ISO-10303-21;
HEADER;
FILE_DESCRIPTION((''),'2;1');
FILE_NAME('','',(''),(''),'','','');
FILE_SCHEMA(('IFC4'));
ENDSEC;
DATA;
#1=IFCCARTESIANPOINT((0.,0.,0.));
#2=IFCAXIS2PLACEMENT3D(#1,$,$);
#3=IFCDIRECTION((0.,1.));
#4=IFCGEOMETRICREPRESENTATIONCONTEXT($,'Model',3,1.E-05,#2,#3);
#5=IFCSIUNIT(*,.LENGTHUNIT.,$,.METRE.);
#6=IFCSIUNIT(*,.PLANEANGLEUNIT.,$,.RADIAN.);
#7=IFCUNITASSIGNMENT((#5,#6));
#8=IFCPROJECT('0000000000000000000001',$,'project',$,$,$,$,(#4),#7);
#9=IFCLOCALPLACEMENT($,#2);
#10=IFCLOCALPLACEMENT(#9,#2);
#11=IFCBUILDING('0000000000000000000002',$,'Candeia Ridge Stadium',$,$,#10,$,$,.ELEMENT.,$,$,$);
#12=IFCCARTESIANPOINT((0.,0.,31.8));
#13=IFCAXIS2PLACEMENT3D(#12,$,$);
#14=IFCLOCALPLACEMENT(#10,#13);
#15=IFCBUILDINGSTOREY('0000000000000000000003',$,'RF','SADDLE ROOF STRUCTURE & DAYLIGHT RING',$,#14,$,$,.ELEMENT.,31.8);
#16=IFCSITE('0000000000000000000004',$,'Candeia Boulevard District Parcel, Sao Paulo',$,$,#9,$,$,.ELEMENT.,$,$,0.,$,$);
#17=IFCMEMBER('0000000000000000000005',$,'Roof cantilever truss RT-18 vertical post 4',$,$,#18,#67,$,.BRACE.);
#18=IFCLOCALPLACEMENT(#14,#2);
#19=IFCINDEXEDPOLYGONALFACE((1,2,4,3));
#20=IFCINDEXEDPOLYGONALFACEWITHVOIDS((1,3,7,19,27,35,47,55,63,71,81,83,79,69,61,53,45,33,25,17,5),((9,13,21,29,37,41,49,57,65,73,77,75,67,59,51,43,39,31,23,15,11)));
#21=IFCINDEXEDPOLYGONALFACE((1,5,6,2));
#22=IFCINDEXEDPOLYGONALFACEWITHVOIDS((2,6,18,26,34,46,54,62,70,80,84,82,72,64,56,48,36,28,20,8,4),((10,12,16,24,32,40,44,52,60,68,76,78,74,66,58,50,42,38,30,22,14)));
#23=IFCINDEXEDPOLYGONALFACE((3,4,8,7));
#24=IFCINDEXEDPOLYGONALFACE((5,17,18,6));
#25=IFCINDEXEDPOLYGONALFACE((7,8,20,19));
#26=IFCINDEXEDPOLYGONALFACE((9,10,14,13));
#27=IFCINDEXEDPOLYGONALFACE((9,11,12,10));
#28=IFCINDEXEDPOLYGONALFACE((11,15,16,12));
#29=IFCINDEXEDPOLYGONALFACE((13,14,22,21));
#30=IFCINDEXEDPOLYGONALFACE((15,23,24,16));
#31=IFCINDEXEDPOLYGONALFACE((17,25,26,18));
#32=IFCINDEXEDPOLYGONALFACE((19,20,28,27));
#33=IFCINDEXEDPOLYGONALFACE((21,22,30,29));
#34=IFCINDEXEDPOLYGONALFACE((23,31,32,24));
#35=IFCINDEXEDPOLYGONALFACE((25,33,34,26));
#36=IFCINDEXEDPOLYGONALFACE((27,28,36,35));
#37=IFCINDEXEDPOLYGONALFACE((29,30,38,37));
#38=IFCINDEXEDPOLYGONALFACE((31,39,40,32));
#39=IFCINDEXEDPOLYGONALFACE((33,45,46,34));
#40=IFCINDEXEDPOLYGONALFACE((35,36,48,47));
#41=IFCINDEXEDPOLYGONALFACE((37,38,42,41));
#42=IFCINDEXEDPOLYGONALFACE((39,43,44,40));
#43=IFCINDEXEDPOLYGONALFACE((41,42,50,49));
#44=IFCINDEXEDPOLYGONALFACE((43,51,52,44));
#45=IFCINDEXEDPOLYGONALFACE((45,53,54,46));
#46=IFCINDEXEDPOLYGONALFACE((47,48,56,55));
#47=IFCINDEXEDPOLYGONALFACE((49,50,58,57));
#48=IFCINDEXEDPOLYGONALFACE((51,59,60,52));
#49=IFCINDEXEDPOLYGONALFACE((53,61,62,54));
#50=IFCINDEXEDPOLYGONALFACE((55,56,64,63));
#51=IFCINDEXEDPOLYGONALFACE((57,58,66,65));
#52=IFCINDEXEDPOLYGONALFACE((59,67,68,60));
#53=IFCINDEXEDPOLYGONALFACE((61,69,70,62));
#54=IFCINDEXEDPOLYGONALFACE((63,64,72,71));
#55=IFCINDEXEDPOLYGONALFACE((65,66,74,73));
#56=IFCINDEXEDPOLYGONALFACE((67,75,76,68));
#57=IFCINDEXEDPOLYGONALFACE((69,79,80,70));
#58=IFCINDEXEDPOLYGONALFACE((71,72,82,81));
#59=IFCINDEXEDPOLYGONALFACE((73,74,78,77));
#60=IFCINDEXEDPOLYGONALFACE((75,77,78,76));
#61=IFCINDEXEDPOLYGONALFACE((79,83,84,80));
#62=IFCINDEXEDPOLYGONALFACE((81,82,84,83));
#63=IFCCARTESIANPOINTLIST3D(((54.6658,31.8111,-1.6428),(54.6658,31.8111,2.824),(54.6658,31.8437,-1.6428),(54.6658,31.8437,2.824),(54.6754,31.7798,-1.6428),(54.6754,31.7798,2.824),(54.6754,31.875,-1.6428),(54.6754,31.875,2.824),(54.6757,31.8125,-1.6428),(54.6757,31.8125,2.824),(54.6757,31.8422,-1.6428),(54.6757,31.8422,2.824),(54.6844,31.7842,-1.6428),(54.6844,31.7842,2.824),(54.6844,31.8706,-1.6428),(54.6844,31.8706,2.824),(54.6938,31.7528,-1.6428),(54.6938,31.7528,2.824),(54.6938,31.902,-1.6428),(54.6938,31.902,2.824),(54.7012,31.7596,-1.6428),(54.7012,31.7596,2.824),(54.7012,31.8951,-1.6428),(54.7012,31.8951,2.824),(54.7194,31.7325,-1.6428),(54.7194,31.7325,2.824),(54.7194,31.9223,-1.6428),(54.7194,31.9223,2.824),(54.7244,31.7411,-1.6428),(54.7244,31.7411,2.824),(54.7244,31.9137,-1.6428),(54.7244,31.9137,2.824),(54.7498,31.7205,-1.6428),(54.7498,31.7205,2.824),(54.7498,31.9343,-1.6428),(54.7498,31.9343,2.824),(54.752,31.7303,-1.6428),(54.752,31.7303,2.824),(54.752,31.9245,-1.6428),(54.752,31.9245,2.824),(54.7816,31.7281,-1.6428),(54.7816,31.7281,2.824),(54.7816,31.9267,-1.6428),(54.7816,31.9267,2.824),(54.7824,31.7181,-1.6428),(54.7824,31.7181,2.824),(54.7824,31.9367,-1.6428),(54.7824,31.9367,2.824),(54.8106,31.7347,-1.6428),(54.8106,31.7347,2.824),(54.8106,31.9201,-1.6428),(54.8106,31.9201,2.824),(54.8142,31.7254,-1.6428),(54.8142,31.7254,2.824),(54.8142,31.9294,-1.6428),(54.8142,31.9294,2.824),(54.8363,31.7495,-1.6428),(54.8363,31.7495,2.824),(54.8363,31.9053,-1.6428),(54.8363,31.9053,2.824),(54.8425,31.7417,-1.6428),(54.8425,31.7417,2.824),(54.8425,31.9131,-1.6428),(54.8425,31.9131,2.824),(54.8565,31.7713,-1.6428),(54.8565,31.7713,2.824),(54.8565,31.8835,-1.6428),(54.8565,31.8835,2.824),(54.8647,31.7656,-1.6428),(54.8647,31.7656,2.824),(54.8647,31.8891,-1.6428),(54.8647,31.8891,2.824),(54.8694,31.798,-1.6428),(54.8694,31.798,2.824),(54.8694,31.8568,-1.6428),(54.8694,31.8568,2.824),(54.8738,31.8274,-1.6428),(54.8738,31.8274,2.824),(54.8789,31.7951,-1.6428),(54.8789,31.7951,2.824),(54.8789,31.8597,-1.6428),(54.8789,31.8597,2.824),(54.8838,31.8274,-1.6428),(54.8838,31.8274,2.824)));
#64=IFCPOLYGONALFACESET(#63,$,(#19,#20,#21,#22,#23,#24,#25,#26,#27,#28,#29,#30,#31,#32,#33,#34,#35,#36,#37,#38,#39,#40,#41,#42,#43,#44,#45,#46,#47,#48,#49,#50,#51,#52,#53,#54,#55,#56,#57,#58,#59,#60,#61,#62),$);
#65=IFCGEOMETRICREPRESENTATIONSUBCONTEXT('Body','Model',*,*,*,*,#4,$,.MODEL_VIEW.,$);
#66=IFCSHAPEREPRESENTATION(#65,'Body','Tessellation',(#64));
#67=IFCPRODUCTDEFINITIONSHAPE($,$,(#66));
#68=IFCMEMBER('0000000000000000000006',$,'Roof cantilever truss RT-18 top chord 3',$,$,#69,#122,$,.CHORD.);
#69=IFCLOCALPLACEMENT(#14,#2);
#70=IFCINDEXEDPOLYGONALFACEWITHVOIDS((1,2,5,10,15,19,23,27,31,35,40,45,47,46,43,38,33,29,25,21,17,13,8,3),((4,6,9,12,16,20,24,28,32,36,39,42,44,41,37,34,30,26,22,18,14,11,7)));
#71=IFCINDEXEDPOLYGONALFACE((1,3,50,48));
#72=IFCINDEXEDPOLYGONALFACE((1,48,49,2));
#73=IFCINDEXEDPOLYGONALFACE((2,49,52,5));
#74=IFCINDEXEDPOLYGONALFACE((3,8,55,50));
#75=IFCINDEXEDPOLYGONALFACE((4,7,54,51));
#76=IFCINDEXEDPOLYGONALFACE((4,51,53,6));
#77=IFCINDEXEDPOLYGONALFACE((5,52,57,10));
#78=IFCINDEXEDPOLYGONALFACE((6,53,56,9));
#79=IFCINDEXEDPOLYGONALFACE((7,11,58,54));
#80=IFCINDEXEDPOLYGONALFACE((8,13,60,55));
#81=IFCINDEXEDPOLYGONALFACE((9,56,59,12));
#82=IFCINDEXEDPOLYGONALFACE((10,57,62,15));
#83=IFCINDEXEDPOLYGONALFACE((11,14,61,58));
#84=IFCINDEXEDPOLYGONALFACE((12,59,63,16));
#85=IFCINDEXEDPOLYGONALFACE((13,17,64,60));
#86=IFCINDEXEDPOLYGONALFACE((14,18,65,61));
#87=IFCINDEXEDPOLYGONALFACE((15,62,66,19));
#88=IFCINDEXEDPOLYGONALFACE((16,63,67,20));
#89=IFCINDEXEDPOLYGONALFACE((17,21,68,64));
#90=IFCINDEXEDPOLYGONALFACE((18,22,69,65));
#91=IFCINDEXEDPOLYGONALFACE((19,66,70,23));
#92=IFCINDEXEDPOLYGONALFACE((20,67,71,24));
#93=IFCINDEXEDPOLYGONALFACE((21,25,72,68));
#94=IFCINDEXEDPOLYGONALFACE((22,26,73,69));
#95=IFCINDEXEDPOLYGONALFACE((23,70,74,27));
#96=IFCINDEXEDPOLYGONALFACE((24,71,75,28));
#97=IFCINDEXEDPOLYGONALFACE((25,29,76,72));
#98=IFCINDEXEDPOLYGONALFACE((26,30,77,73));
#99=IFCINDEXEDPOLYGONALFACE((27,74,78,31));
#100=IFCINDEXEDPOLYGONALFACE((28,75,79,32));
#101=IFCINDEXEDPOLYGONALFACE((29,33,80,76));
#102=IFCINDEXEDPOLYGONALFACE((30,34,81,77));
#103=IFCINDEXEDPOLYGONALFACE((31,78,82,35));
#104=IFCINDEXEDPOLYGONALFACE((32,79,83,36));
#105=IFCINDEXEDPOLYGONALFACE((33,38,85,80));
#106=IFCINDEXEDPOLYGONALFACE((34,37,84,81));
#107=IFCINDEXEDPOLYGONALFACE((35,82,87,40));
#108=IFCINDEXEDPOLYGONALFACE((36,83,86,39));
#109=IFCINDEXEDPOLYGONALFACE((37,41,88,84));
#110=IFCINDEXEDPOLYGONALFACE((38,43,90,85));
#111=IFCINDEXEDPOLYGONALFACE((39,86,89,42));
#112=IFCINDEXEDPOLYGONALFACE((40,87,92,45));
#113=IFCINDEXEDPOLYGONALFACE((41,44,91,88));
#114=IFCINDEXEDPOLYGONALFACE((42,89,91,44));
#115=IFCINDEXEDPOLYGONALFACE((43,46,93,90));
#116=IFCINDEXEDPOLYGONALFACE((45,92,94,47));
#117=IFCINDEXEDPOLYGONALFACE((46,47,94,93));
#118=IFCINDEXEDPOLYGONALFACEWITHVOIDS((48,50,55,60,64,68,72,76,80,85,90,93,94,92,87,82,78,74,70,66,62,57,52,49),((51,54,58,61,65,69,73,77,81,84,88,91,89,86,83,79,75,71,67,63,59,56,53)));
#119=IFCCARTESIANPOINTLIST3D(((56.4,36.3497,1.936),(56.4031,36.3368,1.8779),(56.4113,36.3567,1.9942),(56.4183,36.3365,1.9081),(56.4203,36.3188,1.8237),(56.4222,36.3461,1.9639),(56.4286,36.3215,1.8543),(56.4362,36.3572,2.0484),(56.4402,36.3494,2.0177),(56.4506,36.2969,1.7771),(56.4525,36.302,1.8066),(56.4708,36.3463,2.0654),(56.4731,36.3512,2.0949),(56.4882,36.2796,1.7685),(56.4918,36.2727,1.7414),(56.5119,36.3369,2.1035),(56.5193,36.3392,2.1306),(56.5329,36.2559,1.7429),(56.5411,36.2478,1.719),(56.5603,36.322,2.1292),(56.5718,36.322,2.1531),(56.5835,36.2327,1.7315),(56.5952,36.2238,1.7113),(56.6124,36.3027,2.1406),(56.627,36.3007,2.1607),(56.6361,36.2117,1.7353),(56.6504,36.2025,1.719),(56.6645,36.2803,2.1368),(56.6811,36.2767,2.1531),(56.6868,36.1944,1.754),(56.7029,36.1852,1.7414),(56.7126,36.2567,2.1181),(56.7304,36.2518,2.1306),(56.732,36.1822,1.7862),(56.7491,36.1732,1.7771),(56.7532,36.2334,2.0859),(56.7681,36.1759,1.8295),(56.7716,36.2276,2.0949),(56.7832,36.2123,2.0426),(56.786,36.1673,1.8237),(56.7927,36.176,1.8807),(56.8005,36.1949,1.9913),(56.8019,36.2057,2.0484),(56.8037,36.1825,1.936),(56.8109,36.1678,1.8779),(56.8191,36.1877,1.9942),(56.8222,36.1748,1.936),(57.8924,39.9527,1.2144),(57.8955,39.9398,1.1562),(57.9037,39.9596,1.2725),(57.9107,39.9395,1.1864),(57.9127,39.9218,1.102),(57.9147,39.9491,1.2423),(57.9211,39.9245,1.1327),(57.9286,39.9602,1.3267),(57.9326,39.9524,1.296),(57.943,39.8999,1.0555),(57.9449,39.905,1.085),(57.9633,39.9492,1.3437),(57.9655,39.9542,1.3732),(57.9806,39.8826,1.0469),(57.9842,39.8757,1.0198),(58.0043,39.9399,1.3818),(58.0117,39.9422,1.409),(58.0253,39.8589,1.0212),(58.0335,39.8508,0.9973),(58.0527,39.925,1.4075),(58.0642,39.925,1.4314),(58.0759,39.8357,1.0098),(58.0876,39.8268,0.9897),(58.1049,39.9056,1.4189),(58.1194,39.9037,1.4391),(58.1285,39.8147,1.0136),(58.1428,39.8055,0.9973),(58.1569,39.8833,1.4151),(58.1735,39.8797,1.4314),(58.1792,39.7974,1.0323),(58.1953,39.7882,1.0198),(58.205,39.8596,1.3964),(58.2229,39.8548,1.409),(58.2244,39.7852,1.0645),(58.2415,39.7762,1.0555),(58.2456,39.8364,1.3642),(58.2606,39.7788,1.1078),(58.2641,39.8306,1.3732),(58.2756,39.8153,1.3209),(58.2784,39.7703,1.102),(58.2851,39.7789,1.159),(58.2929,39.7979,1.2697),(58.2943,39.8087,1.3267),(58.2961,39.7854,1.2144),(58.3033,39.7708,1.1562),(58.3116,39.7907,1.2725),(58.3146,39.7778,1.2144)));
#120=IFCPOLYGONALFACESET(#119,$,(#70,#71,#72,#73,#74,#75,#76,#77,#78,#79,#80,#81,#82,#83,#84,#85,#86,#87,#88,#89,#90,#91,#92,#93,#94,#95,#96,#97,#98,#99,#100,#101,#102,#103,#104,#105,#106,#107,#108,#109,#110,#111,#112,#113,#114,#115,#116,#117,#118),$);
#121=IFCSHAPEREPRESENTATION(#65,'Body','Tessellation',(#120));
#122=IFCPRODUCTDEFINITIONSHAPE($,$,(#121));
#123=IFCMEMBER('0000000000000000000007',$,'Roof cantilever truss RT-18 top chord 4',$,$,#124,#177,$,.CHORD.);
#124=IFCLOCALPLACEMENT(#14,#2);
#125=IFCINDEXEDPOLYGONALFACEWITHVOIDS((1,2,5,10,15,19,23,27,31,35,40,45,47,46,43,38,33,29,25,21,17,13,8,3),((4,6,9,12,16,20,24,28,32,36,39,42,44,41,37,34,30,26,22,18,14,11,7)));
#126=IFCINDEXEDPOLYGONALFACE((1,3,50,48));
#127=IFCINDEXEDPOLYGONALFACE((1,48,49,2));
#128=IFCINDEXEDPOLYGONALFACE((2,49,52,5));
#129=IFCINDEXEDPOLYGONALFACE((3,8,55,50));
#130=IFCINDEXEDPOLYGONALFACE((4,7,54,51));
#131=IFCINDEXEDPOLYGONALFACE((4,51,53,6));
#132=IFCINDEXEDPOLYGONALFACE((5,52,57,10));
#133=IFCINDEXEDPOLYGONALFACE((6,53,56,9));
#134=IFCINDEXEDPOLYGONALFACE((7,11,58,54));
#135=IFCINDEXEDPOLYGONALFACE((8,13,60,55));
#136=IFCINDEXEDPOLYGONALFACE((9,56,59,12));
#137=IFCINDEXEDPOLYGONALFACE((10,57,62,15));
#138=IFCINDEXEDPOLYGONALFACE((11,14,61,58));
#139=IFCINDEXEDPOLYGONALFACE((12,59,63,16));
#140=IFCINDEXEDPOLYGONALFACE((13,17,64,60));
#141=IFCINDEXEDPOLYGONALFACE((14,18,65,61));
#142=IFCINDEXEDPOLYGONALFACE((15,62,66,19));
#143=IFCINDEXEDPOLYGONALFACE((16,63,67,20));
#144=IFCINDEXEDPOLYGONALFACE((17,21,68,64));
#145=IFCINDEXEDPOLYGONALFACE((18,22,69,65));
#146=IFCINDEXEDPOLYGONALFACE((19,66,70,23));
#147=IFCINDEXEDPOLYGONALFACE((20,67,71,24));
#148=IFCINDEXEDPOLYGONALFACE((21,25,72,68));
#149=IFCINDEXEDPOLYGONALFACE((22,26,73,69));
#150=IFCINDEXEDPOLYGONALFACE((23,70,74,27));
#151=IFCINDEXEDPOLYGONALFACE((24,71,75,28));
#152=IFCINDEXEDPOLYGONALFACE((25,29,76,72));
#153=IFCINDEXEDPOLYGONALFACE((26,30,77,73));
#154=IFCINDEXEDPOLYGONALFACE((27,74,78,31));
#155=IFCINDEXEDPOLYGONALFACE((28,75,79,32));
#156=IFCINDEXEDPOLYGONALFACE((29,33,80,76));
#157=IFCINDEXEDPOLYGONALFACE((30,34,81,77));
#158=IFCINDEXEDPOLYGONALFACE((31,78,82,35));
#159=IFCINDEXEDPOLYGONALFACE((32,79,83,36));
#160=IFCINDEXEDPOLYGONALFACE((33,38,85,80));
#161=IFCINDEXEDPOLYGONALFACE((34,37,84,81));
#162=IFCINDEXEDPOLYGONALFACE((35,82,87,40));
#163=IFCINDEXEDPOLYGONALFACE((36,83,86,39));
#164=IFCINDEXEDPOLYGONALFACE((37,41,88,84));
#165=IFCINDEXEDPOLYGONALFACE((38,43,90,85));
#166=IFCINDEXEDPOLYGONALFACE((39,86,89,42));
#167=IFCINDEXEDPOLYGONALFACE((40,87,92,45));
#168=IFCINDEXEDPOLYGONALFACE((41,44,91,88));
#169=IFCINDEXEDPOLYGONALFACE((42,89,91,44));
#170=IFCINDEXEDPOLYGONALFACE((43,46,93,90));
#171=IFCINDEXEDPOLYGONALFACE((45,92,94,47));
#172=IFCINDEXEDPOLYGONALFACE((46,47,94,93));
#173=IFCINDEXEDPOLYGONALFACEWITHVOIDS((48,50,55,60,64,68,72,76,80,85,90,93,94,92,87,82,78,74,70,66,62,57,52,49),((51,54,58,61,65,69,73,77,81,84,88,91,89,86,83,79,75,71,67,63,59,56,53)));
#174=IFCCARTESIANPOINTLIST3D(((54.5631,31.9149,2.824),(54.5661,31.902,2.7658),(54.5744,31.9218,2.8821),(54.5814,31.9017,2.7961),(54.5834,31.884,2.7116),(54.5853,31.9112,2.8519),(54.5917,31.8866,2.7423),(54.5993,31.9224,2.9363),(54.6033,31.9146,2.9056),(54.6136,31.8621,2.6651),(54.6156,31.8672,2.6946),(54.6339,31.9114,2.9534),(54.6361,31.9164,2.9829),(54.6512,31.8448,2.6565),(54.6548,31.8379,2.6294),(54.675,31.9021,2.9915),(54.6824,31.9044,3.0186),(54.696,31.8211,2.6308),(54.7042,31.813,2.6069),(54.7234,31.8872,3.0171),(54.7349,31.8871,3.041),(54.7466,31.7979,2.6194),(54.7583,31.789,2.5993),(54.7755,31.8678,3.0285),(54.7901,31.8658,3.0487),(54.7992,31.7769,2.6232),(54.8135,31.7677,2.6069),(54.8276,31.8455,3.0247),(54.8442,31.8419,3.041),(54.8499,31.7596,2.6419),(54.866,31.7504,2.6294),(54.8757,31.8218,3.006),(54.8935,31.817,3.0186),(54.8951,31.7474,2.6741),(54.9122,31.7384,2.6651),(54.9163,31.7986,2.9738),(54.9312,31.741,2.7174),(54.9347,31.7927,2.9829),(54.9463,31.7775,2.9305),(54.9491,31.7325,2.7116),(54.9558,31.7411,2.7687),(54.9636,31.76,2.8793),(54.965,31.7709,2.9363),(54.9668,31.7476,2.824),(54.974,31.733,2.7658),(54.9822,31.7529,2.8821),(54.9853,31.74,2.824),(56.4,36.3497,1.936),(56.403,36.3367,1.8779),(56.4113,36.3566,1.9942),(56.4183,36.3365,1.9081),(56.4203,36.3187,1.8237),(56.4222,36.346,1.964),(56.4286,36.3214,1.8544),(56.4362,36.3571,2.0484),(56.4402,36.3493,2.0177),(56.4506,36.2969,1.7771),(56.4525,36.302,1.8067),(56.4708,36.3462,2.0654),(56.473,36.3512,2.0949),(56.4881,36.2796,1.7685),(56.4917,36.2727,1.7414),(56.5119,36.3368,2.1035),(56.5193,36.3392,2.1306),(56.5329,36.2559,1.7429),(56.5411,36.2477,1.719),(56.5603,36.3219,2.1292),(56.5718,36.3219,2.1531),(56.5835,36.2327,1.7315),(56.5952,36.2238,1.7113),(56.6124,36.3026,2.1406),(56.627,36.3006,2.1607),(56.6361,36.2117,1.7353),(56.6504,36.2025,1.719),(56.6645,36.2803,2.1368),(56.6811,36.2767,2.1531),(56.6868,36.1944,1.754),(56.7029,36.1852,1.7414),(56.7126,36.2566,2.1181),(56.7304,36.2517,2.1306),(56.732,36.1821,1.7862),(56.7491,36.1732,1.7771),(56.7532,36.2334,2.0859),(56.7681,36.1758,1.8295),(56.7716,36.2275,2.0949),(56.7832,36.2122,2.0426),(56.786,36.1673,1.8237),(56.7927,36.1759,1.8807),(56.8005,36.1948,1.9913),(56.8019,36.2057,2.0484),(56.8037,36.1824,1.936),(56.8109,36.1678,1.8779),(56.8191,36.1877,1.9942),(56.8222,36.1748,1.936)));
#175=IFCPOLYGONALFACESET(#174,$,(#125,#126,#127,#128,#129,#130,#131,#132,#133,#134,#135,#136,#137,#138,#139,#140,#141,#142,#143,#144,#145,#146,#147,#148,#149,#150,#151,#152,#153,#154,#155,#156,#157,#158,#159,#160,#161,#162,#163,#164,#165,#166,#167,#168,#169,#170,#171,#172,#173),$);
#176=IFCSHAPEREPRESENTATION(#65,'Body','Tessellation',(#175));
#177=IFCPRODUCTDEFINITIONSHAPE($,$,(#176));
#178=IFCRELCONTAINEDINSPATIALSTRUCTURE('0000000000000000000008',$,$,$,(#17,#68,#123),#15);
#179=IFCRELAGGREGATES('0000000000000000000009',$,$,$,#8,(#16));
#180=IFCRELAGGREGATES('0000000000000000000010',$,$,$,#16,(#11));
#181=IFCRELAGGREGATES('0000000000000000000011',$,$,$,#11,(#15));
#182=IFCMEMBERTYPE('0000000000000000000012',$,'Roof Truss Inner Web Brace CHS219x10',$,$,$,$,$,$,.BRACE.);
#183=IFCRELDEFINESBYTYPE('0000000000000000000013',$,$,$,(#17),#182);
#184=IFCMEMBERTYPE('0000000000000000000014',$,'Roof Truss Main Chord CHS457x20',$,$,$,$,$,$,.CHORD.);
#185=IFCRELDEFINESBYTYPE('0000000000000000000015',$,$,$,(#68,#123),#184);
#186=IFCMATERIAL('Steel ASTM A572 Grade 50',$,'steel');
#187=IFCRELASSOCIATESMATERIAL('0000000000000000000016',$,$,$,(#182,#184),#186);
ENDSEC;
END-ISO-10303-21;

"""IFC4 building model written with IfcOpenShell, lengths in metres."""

from ifc_helpers import new_model, si_unit, direction, frame, origin, origin_2d, place, context, subcontext, project, spatial, hollow_circle, extrude, material, material_profile, profile_set, type_object, element, save


model = new_model("IFC4")

# Units and contexts
model_context = context("Model", 3, precision=1e-05, world=origin(), true_north=direction((0.0, 1.0)))
body_context = subcontext(model_context, "Body", "Model", "MODEL_VIEW")
ifc_project = project(units=[si_unit("LENGTHUNIT", "METRE"), si_unit("PLANEANGLEUNIT", "RADIAN")], contexts=[model_context])

# Site, building, storey
site_placement = place(None, origin())
site = spatial("IfcSite", under=ifc_project, at=site_placement, Name="Candeia Boulevard District Parcel, Sao Paulo", CompositionType="ELEMENT", RefElevation=0.0)
building_placement = place(site_placement, origin())
building = spatial("IfcBuilding", under=site, at=building_placement, Name="Candeia Ridge Stadium", CompositionType="ELEMENT")
storey_placement = place(building_placement, frame((0.0, 0.0, 31.8)))
storey = spatial("IfcBuildingStorey", under=building, at=storey_placement, Name="RF", Description="SADDLE ROOF STRUCTURE & DAYLIGHT RING", CompositionType="ELEMENT", Elevation=31.8)

# Shared definitions
ifc_material_1 = material(Name="Steel ASTM A572 Grade 50", Category="steel")

# Members
ifc_material_profile_1 = material_profile(ifc_material_1, hollow_circle(Radius=0.1096, WallThickness=0.01, at=origin_2d()), Name="CHS219x10", Category="steel")
ifc_profile_set_1 = profile_set([ifc_material_profile_1], Name="Steel ASTM A572 Grade 50")
member_type_1 = type_object("IfcMemberType", Name="Roof Truss Inner Web Brace CHS219x10", PredefinedType="BRACE", material=ifc_profile_set_1)
member_1_placement = place(storey_placement, frame((54.7742, 31.8274, -1.6428), z_axis=(0.0, 0.0, 1.0), x_axis=(1.0, 0.0, 0.0)))
element("IfcMember", 1, at=member_1_placement, inside=storey, type_object=member_type_1, Name="Roof cantilever truss RT-18 vertical post 4", PredefinedType="BRACE", context=body_context, shape_type="SweptSolid", body=[
    extrude(hollow_circle(Radius=0.1096, WallThickness=0.01, at=origin_2d()), origin(), (0.0, 0.0, 1.0), 4.4668),
])
ifc_material_profile_2 = material_profile(ifc_material_1, hollow_circle(Radius=0.2285, WallThickness=0.02, at=origin_2d()), Name="CHS457x20", Category="steel")
ifc_profile_set_2 = profile_set([ifc_material_profile_2], Name="Steel ASTM A572 Grade 50")
member_type_2 = type_object("IfcMemberType", Name="Roof Truss Main Chord CHS457x20", PredefinedType="CHORD", material=ifc_profile_set_2)
member_2_placement = place(storey_placement, frame((58.1035, 39.8652, 1.2144), z_axis=(-0.376297, -0.908455, 0.181962), x_axis=(0.923879, -0.382685, 0.0)))
element("IfcMember", 2, at=member_2_placement, inside=storey, type_object=member_type_2, Name="Roof cantilever truss RT-18 top chord 3", PredefinedType="CHORD", context=body_context, shape_type="SweptSolid", body=[
    extrude(hollow_circle(Radius=0.2285, WallThickness=0.02, at=origin_2d()), origin(), (0.0, 0.0, 1.0), 3.9661),
])
member_3_placement = place(storey_placement, frame((56.6111, 36.2622, 1.936), z_axis=(-0.376291, -0.908471, 0.181894), x_axis=(0.923883, -0.382675, 0.0)))
element("IfcMember", 3, at=member_3_placement, inside=storey, type_object=member_type_2, Name="Roof cantilever truss RT-18 top chord 4", PredefinedType="CHORD", context=body_context, shape_type="SweptSolid", body=[
    extrude(hollow_circle(Radius=0.2285, WallThickness=0.02, at=origin_2d()), origin(), (0.0, 0.0, 1.0), 4.8816),
])

save(model, "model.ifc")
